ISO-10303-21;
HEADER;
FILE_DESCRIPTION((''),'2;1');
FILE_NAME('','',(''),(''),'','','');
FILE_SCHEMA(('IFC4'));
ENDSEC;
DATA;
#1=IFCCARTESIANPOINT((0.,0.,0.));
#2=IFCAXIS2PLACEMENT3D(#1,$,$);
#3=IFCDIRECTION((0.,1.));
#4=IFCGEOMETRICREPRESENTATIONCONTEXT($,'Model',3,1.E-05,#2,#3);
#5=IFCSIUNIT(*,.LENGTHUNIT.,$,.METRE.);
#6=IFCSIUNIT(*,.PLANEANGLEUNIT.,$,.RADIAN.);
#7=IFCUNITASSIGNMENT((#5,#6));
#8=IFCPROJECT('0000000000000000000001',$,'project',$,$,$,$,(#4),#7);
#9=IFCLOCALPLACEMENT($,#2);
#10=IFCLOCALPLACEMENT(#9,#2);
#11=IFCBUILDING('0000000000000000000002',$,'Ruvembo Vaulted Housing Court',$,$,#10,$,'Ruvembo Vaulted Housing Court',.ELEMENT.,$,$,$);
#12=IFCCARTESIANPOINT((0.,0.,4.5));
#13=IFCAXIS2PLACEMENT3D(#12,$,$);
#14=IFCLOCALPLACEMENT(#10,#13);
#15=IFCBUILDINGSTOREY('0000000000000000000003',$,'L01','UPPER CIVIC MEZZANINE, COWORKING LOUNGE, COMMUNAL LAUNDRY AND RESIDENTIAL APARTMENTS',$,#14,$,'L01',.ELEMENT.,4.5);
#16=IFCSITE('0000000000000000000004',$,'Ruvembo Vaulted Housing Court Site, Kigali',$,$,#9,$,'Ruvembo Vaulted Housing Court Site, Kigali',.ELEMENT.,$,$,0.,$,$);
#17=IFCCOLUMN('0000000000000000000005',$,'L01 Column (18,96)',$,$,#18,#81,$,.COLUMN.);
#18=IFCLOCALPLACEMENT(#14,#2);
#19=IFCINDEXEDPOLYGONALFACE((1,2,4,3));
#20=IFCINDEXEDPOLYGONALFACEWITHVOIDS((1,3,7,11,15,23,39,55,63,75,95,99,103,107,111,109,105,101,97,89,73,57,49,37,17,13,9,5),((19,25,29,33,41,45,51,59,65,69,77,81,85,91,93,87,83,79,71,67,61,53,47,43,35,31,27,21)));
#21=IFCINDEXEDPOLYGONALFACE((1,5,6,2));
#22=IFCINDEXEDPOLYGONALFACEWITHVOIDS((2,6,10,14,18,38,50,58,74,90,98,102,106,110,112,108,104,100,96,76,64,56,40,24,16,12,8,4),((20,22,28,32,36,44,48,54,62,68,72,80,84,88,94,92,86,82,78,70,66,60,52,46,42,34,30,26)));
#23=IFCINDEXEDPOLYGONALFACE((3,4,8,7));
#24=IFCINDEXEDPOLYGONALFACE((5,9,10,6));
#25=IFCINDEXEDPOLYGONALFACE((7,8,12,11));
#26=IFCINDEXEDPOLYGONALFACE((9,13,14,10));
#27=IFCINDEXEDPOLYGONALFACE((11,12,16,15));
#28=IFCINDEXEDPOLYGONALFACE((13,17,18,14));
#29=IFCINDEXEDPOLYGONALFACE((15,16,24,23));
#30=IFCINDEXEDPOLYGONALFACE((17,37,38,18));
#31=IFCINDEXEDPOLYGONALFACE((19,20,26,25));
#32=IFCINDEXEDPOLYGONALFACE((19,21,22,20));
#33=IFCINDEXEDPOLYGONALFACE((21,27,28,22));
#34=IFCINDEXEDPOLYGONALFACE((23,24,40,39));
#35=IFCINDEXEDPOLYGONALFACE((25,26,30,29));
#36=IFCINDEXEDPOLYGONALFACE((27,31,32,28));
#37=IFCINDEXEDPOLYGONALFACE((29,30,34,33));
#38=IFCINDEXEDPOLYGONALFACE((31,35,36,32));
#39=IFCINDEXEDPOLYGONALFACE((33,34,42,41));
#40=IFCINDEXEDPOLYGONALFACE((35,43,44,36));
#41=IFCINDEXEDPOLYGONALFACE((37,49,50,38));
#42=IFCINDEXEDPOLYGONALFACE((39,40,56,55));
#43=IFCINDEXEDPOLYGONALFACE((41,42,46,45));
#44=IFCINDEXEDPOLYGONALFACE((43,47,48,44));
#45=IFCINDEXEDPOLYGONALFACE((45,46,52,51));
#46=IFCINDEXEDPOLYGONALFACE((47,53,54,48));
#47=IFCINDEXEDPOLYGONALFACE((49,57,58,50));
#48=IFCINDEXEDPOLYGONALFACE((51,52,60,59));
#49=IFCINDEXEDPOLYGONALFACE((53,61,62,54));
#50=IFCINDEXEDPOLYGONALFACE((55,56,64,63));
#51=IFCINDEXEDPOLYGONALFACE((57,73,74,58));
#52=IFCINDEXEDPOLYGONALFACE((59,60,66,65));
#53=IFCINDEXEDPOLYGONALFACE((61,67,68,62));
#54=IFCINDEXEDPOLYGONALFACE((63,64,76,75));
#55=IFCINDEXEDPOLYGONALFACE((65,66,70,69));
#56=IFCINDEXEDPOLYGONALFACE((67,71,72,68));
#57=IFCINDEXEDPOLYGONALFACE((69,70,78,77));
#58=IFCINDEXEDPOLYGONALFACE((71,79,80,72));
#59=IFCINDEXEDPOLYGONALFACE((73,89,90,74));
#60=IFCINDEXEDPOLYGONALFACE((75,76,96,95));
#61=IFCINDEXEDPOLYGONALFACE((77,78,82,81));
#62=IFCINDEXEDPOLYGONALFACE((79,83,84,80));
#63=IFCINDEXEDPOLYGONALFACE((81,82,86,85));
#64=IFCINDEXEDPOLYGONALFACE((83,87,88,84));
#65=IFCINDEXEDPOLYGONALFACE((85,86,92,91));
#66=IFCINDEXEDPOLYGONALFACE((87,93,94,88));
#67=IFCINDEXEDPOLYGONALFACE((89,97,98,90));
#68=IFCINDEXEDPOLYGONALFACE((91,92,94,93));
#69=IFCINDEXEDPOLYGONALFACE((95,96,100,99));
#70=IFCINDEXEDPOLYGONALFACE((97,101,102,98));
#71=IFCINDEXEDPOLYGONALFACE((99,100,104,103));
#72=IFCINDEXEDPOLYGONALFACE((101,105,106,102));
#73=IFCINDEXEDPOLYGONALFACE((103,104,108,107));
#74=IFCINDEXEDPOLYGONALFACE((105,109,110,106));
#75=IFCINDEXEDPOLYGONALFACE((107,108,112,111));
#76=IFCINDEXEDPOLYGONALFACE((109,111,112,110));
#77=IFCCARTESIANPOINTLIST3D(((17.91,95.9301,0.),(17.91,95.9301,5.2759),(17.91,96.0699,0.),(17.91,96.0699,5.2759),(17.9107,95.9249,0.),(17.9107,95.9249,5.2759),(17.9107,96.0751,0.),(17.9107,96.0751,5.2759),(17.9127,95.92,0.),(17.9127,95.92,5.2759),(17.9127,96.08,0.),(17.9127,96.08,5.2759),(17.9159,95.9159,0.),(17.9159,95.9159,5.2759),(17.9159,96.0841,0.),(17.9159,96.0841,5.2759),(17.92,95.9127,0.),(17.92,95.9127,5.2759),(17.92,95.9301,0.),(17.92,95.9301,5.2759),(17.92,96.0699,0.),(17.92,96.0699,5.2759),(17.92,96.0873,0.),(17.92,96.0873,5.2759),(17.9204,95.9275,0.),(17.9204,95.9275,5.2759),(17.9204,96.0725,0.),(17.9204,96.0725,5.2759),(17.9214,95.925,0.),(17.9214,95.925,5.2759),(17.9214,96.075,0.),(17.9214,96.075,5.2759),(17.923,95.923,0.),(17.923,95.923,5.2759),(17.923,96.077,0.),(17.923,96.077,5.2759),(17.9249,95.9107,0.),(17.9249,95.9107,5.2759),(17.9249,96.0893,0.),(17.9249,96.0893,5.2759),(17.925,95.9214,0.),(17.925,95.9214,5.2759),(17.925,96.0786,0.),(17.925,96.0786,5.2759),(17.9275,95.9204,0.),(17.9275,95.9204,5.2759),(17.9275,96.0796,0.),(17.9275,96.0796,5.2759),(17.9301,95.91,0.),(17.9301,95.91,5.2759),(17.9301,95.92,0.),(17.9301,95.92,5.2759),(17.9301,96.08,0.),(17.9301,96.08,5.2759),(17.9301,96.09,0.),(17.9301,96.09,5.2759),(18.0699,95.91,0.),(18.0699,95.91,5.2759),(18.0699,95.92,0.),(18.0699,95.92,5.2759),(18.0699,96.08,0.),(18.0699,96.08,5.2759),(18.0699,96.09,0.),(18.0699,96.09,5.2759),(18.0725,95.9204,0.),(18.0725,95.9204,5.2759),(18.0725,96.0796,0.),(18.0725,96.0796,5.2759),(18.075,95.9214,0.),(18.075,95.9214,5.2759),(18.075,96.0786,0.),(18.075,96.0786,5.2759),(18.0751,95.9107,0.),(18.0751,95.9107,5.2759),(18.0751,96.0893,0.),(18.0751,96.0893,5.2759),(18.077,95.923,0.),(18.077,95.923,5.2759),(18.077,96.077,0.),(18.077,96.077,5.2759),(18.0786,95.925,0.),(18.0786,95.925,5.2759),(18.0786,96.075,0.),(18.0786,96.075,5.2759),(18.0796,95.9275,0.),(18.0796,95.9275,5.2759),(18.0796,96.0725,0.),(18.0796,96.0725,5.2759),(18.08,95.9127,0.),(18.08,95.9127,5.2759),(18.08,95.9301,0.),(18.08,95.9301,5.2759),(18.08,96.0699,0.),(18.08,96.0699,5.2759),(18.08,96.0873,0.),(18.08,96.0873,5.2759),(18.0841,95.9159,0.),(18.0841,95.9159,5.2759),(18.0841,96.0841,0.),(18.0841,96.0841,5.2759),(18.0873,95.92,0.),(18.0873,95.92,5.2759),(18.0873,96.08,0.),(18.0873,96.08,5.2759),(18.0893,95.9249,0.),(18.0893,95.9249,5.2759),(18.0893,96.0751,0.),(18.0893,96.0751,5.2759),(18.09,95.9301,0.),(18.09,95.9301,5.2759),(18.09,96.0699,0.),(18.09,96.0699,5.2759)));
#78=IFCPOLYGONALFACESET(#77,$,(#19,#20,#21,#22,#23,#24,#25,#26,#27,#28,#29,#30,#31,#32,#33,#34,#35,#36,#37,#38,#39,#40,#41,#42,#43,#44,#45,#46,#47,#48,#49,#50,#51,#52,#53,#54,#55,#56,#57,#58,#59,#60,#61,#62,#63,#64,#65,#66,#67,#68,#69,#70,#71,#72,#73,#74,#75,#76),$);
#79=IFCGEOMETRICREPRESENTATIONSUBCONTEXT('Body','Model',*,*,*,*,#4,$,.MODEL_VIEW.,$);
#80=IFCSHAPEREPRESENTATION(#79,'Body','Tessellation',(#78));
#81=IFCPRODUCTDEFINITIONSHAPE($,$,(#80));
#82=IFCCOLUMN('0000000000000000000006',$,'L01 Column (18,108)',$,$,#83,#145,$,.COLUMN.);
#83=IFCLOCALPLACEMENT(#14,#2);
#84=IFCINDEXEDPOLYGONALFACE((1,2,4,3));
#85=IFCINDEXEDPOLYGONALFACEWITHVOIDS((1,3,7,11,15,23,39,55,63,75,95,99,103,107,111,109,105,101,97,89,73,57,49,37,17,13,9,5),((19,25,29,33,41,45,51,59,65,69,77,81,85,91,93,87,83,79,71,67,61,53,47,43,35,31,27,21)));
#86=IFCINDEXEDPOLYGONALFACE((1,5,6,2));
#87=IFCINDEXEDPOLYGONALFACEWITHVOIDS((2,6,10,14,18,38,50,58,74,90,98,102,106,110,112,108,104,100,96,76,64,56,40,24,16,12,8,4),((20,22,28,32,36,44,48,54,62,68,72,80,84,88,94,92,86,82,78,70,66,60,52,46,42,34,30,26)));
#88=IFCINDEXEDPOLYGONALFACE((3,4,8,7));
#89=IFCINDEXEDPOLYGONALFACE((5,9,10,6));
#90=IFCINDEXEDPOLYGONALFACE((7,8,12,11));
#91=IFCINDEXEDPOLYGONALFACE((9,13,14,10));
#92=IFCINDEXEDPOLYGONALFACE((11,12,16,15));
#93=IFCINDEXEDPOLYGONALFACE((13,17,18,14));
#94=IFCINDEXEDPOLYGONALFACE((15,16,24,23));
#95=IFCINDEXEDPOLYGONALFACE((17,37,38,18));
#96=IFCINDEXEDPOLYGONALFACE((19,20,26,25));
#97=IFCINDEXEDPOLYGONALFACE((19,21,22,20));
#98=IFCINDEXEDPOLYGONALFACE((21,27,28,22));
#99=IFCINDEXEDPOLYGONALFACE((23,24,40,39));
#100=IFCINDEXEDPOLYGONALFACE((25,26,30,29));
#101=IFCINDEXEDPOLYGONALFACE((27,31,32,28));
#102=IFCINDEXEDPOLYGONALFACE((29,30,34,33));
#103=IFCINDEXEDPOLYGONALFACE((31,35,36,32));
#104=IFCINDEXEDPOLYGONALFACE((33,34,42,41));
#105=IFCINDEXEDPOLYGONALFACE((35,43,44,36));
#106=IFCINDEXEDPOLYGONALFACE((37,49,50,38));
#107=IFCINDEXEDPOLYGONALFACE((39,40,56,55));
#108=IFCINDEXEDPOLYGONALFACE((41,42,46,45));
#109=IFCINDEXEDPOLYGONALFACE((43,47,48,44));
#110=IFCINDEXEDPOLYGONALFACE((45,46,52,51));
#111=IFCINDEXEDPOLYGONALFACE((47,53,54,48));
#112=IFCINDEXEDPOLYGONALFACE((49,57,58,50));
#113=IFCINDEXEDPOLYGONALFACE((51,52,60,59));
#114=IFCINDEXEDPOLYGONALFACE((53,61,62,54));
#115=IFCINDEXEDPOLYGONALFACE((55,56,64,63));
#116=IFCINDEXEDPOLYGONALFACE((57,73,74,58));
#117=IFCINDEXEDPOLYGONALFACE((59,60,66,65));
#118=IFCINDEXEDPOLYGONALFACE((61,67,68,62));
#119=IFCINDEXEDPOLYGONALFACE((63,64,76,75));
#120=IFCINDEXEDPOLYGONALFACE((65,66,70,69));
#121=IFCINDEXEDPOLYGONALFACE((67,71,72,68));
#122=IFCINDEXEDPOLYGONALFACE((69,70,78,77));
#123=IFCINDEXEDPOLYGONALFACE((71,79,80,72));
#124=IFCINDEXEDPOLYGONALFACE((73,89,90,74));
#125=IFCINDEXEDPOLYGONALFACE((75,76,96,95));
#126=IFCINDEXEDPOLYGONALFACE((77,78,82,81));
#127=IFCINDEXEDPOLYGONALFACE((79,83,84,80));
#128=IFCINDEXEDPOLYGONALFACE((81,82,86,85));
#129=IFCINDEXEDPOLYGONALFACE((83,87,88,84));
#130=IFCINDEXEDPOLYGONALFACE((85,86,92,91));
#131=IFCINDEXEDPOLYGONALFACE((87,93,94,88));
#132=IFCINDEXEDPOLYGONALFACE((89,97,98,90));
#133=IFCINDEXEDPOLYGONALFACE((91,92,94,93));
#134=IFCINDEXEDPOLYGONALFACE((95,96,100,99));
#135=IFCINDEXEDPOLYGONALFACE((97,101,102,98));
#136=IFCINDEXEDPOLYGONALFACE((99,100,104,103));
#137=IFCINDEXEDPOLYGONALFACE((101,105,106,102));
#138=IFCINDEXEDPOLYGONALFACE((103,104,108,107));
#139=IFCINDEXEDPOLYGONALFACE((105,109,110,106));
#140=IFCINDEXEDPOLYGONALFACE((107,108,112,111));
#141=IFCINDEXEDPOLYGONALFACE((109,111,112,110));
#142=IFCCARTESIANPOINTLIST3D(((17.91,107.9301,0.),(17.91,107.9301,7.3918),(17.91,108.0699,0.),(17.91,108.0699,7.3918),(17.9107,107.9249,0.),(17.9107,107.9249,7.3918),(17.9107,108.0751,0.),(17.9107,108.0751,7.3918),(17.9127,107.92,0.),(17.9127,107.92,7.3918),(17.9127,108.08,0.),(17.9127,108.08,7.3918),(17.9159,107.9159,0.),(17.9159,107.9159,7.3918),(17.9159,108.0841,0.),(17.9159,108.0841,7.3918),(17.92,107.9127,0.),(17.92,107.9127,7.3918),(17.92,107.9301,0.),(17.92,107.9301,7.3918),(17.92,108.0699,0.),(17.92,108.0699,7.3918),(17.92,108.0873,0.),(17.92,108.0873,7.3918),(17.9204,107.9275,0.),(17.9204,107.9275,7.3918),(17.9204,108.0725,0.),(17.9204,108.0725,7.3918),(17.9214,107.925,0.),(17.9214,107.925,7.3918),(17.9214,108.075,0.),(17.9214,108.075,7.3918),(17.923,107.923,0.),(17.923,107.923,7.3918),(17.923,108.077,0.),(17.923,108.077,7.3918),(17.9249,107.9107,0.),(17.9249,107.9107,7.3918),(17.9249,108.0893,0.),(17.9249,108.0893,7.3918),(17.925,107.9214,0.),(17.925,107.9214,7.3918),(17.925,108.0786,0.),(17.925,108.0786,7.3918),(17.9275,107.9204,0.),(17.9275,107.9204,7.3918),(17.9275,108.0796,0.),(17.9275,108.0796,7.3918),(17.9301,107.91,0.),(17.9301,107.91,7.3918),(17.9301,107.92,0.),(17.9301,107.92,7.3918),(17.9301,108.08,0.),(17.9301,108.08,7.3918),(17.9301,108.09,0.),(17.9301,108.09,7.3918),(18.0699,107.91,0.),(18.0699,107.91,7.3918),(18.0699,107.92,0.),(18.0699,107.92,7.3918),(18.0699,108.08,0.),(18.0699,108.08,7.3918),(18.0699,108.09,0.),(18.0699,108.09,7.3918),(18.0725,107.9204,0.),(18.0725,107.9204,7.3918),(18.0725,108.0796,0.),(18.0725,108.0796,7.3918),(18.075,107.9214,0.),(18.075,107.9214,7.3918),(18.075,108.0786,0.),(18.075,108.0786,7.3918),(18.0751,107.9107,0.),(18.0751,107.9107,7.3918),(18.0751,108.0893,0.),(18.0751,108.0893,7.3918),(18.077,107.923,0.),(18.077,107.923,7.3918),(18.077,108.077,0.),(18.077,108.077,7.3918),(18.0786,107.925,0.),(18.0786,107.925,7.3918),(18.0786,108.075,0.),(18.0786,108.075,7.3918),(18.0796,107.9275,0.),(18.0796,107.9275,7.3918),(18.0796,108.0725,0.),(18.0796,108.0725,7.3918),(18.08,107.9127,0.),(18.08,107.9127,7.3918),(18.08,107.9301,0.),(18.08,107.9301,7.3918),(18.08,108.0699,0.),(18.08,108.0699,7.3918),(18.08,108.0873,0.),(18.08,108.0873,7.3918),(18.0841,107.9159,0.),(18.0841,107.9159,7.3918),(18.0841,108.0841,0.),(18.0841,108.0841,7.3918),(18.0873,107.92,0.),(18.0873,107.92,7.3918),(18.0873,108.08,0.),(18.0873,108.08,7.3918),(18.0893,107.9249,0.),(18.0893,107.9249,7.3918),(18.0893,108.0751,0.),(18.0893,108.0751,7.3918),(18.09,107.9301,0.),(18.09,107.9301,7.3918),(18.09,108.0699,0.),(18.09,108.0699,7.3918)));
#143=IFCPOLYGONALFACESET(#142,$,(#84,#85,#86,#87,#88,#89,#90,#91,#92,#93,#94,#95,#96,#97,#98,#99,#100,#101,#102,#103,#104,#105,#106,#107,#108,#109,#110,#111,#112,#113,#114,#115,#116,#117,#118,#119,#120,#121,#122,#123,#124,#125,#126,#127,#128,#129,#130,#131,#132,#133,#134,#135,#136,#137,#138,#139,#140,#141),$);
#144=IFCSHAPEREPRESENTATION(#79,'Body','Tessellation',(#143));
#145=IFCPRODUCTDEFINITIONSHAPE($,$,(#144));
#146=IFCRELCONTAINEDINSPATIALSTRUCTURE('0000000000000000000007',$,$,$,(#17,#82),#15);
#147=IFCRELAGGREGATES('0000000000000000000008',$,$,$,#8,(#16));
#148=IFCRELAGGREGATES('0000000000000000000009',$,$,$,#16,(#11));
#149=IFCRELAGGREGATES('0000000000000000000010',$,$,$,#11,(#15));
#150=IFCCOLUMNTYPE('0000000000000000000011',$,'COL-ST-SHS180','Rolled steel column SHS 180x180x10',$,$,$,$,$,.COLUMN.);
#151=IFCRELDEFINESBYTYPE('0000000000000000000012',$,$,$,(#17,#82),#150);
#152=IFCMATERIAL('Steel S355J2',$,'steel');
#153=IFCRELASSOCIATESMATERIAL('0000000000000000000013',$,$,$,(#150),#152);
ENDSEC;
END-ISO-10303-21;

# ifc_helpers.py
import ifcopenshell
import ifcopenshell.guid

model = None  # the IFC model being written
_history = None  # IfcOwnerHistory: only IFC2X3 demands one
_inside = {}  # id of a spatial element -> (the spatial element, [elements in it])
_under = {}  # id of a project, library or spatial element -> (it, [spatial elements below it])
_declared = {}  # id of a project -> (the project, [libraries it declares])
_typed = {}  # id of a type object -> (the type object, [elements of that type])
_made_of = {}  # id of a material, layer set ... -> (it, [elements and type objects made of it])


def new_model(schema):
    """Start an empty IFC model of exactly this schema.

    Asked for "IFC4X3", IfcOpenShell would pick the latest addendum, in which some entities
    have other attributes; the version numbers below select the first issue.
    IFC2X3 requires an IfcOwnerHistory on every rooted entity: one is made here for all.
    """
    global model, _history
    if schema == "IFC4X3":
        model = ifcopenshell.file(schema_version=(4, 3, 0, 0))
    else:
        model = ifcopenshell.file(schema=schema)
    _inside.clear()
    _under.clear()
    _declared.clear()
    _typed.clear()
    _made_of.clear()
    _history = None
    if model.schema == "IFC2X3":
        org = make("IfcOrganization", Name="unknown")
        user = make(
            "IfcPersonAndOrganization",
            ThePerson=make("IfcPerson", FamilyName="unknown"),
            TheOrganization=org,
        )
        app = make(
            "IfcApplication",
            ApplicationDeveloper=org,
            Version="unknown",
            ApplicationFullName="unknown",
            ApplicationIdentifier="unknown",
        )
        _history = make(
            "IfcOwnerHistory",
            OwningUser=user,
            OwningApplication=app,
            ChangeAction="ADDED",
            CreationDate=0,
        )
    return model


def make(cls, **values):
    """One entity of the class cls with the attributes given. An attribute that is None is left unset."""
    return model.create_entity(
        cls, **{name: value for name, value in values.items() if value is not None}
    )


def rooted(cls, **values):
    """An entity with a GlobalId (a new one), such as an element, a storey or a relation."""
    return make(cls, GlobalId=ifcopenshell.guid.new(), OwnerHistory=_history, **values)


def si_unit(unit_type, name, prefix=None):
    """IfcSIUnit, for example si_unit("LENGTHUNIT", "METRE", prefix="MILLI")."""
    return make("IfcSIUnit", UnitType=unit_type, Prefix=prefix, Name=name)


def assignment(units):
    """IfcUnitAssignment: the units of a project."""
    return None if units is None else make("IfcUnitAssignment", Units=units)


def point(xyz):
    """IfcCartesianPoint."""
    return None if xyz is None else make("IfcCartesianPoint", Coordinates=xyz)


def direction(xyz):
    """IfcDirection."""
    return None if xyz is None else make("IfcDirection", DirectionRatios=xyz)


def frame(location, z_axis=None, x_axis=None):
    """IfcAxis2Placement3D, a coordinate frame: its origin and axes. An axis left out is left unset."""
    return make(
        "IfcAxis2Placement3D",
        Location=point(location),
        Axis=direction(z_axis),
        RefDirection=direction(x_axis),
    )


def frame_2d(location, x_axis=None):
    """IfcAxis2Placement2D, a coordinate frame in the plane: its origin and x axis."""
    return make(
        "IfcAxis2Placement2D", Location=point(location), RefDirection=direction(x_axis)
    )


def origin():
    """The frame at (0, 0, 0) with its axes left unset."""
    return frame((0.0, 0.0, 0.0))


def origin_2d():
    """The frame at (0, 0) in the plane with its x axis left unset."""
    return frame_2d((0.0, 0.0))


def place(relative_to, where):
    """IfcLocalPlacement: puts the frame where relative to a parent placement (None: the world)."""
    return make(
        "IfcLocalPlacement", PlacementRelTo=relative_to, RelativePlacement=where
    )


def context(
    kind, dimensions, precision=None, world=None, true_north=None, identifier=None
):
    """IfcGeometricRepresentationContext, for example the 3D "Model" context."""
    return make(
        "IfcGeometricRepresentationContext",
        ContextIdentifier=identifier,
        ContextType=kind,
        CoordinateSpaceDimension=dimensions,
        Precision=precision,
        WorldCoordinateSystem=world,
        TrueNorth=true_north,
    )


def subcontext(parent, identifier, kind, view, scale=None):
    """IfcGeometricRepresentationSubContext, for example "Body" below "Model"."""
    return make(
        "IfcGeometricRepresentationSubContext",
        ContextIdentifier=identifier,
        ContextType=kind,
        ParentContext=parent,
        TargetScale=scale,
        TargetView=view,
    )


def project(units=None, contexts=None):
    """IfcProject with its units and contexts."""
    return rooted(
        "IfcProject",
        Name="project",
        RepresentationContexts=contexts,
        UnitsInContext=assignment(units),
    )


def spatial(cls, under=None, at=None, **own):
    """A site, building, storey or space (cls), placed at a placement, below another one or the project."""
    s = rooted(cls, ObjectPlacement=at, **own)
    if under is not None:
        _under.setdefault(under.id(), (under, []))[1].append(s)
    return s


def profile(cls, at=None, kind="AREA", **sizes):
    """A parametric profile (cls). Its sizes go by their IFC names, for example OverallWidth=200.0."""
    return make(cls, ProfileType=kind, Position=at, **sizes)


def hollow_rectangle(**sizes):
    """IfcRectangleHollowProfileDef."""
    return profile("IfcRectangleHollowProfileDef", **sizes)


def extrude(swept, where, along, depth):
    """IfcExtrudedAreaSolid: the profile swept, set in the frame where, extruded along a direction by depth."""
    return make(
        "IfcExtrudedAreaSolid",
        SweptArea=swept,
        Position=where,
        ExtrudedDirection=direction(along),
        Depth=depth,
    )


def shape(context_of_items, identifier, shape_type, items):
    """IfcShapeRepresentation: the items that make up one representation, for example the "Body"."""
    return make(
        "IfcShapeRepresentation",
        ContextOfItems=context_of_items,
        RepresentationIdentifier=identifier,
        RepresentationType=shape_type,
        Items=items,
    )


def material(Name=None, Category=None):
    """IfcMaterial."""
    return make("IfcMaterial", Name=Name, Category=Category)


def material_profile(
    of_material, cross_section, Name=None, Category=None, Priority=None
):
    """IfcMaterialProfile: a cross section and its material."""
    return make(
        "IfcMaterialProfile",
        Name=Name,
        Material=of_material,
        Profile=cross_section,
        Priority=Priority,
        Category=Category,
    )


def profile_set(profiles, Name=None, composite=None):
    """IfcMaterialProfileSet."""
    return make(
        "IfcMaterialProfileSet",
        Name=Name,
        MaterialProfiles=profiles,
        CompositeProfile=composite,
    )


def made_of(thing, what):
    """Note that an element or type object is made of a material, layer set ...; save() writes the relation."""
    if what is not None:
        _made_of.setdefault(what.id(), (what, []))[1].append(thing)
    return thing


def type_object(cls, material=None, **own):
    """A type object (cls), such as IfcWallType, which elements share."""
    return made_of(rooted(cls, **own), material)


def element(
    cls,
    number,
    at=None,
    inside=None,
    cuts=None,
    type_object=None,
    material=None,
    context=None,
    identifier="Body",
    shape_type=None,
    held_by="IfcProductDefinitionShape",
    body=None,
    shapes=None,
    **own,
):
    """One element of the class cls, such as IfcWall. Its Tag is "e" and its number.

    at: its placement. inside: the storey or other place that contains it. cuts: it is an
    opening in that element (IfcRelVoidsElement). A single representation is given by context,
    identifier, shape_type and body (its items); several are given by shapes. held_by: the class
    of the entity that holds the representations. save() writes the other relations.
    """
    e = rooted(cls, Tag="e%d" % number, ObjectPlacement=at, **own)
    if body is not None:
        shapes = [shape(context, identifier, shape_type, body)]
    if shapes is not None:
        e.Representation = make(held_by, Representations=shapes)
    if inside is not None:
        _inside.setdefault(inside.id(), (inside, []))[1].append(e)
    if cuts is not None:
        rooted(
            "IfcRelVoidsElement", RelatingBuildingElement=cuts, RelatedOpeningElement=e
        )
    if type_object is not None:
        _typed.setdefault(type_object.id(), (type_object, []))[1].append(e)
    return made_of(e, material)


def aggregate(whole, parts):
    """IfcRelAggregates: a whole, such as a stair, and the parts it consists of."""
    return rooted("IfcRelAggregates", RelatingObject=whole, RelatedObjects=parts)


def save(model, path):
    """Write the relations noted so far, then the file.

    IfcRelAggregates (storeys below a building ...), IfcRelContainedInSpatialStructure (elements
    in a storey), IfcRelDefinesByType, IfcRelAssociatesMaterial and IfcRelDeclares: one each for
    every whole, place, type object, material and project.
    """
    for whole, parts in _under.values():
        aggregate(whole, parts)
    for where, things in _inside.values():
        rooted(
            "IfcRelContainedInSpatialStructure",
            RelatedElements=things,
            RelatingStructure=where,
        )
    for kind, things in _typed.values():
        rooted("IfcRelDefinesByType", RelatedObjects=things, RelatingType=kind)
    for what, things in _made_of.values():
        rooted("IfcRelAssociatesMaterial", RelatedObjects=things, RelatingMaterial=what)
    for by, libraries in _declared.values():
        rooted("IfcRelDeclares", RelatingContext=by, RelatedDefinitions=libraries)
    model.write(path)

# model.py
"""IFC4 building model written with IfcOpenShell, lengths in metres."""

from ifc_helpers import new_model, si_unit, direction, frame, origin, origin_2d, place, context, subcontext, project, spatial, hollow_rectangle, extrude, material, material_profile, profile_set, type_object, element, save


model = new_model("IFC4")

# Units and contexts
model_context = context("Model", 3, precision=1e-05, world=origin(), true_north=direction((0.0, 1.0)))
body_context = subcontext(model_context, "Body", "Model", "MODEL_VIEW")
ifc_project = project(units=[si_unit("LENGTHUNIT", "METRE"), si_unit("PLANEANGLEUNIT", "RADIAN")], contexts=[model_context])

# Site, building, storey
site_placement = place(None, origin())
site = spatial("IfcSite", under=ifc_project, at=site_placement, Name="Ruvembo Vaulted Housing Court Site, Kigali", LongName="Ruvembo Vaulted Housing Court Site, Kigali", CompositionType="ELEMENT", RefElevation=0.0)
building_placement = place(site_placement, origin())
building = spatial("IfcBuilding", under=site, at=building_placement, Name="Ruvembo Vaulted Housing Court", LongName="Ruvembo Vaulted Housing Court", CompositionType="ELEMENT")
storey_placement = place(building_placement, frame((0.0, 0.0, 4.5)))
storey = spatial("IfcBuildingStorey", under=building, at=storey_placement, Name="L01", Description="UPPER CIVIC MEZZANINE, COWORKING LOUNGE, COMMUNAL LAUNDRY AND RESIDENTIAL APARTMENTS", LongName="L01", CompositionType="ELEMENT", Elevation=4.5)

# Columns
ifc_material_1 = material(Name="Steel S355J2", Category="steel")
ifc_material_profile_1 = material_profile(ifc_material_1, hollow_rectangle(XDim=0.1799, YDim=0.1799, WallThickness=0.01, InnerFilletRadius=0.01, OuterFilletRadius=0.02, at=origin_2d()), Name="SHS 180x180x10")
ifc_profile_set_1 = profile_set([ifc_material_profile_1], Name="Steel S355J2")
column_type = type_object("IfcColumnType", Name="COL-ST-SHS180", Description="Rolled steel column SHS 180x180x10", PredefinedType="COLUMN", material=ifc_profile_set_1)
column_1_placement = place(storey_placement, frame((18.0, 96.0, 0.0), z_axis=(0.0, 0.0, 1.0), x_axis=(1.0, 0.0, 0.0)))
element("IfcColumn", 1, at=column_1_placement, inside=storey, type_object=column_type, Name="L01 Column (18,96)", PredefinedType="COLUMN", context=body_context, shape_type="SweptSolid", body=[
    extrude(hollow_rectangle(XDim=0.1799, YDim=0.1799, WallThickness=0.01, InnerFilletRadius=0.01, OuterFilletRadius=0.02, at=origin_2d()), origin(), (0.0, 0.0, 1.0), 5.2759),
])
column_2_placement = place(storey_placement, frame((18.0, 108.0, 0.0), z_axis=(0.0, 0.0, 1.0), x_axis=(1.0, 0.0, 0.0)))
element("IfcColumn", 2, at=column_2_placement, inside=storey, type_object=column_type, Name="L01 Column (18,108)", PredefinedType="COLUMN", context=body_context, shape_type="SweptSolid", body=[
    extrude(hollow_rectangle(XDim=0.1799, YDim=0.1799, WallThickness=0.01, InnerFilletRadius=0.01, OuterFilletRadius=0.02, at=origin_2d()), origin(), (0.0, 0.0, 1.0), 7.3918),
])

save(model, "model.ifc")
